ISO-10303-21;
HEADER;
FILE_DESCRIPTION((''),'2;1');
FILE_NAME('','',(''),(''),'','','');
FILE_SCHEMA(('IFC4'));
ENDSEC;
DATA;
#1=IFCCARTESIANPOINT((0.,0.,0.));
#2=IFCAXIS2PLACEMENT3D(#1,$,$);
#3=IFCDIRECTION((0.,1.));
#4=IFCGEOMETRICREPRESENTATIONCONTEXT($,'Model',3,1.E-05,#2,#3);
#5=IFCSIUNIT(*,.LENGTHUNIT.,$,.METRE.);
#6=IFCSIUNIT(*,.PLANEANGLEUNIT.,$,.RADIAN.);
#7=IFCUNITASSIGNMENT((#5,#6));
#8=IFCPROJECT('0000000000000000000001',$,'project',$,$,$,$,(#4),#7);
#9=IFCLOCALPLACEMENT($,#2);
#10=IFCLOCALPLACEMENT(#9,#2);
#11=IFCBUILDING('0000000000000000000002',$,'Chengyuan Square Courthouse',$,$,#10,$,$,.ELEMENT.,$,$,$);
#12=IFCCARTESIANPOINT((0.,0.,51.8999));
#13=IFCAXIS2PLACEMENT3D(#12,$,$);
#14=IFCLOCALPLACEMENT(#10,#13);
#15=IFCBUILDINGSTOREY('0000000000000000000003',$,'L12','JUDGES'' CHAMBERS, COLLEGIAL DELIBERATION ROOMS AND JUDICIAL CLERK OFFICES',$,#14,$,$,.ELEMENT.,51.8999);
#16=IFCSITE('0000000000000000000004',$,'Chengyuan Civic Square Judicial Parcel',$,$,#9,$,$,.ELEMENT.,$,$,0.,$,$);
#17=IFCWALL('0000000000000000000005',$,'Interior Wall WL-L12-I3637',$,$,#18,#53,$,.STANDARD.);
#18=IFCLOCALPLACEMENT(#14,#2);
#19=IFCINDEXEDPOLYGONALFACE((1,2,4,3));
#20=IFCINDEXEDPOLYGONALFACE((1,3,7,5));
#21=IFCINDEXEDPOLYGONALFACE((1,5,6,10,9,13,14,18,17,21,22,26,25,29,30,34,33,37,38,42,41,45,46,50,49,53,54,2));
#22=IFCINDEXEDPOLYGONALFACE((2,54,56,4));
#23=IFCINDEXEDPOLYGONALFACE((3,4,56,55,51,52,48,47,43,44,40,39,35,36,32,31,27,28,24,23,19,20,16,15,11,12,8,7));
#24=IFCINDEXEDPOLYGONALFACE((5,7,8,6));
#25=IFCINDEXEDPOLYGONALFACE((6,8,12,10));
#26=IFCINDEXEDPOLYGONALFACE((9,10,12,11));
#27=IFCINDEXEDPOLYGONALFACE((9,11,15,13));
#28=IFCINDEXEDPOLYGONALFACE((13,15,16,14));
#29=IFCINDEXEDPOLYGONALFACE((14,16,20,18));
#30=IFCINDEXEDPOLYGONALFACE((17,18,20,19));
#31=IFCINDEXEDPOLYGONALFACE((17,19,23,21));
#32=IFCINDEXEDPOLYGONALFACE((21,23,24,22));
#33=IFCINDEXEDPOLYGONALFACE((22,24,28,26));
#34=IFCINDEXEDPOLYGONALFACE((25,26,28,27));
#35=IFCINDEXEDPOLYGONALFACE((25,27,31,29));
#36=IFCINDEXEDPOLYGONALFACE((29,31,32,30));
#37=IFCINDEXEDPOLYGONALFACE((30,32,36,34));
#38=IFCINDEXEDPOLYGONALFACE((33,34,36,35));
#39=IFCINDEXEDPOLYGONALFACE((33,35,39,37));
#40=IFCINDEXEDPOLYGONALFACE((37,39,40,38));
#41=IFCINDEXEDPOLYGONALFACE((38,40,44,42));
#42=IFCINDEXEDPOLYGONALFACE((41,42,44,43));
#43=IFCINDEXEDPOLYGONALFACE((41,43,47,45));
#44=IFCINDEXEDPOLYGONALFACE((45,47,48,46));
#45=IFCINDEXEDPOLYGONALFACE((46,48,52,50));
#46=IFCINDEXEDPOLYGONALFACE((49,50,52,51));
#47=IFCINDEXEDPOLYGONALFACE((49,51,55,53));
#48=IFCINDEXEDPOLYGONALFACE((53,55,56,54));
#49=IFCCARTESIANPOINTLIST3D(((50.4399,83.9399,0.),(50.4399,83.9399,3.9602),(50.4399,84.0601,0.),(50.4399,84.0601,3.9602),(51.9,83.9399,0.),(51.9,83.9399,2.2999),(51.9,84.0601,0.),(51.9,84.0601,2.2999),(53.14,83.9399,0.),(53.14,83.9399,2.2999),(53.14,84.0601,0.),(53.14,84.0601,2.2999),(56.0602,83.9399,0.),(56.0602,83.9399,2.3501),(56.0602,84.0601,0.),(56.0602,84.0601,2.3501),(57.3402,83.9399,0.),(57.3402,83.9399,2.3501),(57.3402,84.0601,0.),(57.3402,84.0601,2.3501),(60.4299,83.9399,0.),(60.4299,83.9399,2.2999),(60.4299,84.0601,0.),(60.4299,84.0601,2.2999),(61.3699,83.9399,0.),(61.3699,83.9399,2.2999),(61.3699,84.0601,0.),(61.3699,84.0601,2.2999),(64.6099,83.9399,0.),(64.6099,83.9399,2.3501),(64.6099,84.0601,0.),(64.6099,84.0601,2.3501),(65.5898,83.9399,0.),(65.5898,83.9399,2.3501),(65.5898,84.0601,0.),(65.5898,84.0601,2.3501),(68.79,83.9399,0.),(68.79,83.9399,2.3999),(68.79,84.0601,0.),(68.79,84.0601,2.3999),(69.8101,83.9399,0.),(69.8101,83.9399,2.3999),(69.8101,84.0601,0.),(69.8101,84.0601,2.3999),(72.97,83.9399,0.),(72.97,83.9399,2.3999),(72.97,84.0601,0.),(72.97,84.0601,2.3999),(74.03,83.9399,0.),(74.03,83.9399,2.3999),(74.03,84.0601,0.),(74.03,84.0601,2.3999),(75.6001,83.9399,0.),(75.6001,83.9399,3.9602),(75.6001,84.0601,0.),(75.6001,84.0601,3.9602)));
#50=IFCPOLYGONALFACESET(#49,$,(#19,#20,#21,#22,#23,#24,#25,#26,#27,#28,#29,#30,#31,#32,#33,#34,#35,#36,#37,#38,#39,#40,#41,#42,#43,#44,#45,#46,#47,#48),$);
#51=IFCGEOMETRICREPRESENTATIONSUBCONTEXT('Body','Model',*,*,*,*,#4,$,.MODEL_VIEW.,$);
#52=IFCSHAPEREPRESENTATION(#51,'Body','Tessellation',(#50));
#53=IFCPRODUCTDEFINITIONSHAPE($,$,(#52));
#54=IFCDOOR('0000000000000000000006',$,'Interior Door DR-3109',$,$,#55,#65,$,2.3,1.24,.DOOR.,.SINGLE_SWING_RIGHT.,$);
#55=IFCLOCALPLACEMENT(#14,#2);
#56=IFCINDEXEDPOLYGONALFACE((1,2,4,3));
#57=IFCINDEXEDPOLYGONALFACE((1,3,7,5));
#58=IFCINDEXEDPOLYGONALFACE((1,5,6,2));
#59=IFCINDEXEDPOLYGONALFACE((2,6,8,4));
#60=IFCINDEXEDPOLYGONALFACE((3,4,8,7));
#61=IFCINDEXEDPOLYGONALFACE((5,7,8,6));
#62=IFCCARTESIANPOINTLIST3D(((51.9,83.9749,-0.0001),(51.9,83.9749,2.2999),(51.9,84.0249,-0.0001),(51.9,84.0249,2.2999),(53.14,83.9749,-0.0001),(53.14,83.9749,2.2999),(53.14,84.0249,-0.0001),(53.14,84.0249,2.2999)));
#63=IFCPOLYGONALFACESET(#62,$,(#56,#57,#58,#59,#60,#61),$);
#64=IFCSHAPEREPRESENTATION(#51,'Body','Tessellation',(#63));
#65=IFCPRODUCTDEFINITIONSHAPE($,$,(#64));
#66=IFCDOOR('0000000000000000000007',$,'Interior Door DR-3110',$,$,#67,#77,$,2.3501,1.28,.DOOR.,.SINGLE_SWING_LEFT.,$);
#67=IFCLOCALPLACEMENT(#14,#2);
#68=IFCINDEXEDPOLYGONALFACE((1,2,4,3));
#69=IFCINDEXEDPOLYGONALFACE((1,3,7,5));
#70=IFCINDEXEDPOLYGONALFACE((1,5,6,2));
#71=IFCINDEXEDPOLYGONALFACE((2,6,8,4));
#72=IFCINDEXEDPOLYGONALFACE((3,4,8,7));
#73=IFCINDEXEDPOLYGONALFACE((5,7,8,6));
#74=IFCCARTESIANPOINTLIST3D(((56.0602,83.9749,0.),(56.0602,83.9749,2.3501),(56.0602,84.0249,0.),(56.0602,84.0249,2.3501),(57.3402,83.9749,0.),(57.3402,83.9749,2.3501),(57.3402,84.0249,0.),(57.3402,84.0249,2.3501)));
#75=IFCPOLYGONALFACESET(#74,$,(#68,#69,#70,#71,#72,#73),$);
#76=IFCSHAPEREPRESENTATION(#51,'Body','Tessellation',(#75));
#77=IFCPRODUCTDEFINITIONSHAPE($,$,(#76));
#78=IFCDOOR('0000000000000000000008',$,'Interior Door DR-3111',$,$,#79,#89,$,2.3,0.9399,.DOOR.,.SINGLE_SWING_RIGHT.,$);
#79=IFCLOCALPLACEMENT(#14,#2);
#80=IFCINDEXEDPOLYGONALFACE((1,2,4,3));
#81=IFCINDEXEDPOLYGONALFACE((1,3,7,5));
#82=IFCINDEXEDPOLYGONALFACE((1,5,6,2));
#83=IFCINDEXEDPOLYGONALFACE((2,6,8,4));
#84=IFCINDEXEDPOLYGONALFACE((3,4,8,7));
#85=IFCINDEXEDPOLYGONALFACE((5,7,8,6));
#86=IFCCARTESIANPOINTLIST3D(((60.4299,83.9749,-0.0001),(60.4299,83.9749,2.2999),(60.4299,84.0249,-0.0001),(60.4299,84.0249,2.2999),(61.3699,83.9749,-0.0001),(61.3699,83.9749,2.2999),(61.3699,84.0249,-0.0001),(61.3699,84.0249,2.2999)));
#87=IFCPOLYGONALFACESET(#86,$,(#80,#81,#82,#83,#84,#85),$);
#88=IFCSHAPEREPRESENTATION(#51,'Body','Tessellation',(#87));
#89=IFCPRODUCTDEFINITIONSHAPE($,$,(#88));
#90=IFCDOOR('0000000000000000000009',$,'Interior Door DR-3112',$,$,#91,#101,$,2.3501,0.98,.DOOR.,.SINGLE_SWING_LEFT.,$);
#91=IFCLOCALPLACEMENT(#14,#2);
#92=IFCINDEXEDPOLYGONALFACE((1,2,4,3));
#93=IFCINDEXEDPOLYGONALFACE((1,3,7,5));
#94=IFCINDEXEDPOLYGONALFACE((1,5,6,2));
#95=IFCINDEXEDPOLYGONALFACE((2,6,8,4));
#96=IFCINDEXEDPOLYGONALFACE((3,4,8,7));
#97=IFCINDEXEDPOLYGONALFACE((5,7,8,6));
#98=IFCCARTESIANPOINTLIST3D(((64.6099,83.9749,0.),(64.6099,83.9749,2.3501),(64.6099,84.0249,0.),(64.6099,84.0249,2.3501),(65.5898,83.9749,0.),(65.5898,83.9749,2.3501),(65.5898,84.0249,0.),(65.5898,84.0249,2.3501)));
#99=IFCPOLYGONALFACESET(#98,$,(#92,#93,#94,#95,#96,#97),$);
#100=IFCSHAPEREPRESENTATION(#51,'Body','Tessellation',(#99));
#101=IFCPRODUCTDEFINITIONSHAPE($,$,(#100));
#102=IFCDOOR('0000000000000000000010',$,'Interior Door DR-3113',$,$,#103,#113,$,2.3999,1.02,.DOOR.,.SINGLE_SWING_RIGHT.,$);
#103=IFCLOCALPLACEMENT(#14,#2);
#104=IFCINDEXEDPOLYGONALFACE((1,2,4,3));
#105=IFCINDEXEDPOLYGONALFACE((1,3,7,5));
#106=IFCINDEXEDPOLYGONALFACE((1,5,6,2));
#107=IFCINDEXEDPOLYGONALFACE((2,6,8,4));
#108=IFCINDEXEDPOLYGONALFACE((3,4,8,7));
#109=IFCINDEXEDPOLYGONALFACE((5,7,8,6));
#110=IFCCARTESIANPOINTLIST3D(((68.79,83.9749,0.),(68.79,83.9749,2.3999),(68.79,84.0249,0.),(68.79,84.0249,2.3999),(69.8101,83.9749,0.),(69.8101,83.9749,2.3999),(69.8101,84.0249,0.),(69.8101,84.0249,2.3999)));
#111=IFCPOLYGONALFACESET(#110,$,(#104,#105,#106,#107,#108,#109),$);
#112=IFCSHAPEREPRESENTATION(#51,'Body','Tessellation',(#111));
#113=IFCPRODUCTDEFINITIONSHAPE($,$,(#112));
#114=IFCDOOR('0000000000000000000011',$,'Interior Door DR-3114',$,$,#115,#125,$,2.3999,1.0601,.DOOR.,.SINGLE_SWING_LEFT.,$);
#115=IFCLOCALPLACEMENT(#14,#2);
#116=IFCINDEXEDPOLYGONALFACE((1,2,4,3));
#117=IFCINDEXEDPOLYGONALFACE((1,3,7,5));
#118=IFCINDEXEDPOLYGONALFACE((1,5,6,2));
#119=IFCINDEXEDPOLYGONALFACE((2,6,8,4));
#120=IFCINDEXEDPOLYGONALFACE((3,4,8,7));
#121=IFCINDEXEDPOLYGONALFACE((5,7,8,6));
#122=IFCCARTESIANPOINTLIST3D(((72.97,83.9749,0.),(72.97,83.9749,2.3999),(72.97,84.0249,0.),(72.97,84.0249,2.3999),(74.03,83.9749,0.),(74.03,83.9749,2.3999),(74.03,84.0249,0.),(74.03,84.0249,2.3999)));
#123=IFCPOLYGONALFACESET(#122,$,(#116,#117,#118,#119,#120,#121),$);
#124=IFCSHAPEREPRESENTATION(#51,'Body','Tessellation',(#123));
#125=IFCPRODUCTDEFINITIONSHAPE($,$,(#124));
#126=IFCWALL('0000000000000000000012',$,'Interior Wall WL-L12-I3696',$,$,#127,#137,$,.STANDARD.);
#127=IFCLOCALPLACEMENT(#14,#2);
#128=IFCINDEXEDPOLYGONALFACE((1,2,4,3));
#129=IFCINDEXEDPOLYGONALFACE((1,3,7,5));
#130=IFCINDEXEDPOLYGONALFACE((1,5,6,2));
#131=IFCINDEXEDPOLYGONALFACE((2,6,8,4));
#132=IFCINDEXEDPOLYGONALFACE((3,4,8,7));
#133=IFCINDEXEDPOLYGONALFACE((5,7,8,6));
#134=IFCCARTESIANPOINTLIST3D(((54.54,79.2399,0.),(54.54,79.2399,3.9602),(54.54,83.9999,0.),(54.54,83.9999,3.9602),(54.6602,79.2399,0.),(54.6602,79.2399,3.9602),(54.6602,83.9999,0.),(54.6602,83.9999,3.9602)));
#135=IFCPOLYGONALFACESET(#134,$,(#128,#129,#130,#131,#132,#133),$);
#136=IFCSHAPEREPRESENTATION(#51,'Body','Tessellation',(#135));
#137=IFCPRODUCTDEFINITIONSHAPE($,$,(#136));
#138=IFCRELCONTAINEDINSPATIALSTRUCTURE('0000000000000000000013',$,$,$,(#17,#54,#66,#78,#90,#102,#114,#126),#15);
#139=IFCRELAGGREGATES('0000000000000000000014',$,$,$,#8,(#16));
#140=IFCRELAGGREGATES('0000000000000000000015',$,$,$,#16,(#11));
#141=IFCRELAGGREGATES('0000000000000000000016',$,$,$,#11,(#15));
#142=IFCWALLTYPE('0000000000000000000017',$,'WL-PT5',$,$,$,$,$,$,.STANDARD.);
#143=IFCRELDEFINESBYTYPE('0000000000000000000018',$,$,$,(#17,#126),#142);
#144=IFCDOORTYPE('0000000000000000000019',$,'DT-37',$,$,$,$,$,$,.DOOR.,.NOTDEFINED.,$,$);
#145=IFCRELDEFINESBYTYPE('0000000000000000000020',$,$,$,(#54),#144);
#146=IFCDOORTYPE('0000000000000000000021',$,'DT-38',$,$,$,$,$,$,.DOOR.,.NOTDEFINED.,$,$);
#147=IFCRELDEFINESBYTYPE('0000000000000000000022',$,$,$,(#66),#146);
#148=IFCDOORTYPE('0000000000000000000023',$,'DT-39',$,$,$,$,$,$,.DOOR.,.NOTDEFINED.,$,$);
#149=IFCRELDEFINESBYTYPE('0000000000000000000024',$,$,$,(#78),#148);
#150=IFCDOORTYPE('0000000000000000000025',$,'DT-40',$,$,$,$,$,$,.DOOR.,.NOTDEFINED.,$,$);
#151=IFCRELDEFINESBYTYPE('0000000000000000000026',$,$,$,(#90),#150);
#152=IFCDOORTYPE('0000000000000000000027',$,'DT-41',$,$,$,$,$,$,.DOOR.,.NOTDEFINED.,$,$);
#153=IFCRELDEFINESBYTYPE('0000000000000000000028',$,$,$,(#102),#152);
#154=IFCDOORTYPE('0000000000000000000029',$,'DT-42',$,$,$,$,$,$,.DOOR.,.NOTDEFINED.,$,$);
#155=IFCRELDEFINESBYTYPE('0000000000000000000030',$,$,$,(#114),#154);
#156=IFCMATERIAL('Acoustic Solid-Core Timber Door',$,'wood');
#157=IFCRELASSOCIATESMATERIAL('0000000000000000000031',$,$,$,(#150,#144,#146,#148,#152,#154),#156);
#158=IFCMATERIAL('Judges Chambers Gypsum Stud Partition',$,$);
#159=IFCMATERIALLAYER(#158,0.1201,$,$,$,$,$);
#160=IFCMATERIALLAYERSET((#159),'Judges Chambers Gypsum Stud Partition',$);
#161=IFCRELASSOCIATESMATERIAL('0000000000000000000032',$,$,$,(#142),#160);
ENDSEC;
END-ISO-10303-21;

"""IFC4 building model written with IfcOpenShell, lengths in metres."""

from ifc_helpers import new_model, si_unit, direction, frame, frame_2d, origin, place, context, subcontext, project, spatial, rectangle, extrude, material, layer, layer_set, type_object, element, fill, save


model = new_model("IFC4")

# Units and contexts
model_context = context("Model", 3, precision=1e-05, world=origin(), true_north=direction((0.0, 1.0)))
body_context = subcontext(model_context, "Body", "Model", "MODEL_VIEW")
ifc_project = project(units=[si_unit("LENGTHUNIT", "METRE"), si_unit("PLANEANGLEUNIT", "RADIAN")], contexts=[model_context])

# Site, building, storey
site_placement = place(None, origin())
site = spatial("IfcSite", under=ifc_project, at=site_placement, Name="Chengyuan Civic Square Judicial Parcel", CompositionType="ELEMENT", RefElevation=0.0)
building_placement = place(site_placement, origin())
building = spatial("IfcBuilding", under=site, at=building_placement, Name="Chengyuan Square Courthouse", CompositionType="ELEMENT")
storey_placement = place(building_placement, frame((0.0, 0.0, 51.8999)))
storey = spatial("IfcBuildingStorey", under=building, at=storey_placement, Name="L12", Description="JUDGES' CHAMBERS, COLLEGIAL DELIBERATION ROOMS AND JUDICIAL CLERK OFFICES", CompositionType="ELEMENT", Elevation=51.8999)

# Shared definitions
ifc_material_1 = material(Name="Acoustic Solid-Core Timber Door", Category="wood")
door_type_1 = type_object("IfcDoorType", Name="DT-40", OperationType="NOTDEFINED", PredefinedType="DOOR", material=ifc_material_1)

# Wall, openings, doors
ifc_material_2 = material(Name="Judges Chambers Gypsum Stud Partition")
ifc_layer_1 = layer(ifc_material_2, 0.1201)
ifc_layer_set_1 = layer_set([ifc_layer_1], Name="Judges Chambers Gypsum Stud Partition")
wall_type_1 = type_object("IfcWallType", Name="WL-PT5", PredefinedType="STANDARD", material=ifc_layer_set_1)
wall_1_placement = place(storey_placement, frame((50.4399, 84.0, 0.0), z_axis=(0.0, 0.0, 1.0), x_axis=(1.0, 0.0, 0.0)))
wall_1 = element("IfcWall", 1, at=wall_1_placement, inside=storey, type_object=wall_type_1, Name="Interior Wall WL-L12-I3637", PredefinedType="STANDARD", context=body_context, shape_type="SweptSolid", body=[
    extrude(rectangle(XDim=25.1602, YDim=0.1201, at=frame_2d((12.5801, 0.0))), origin(), (0.0, 0.0, 1.0), 3.9602),
])
opening_1_placement = place(wall_1_placement, frame((1.46, 0.0, 0.0)))
opening_1 = element("IfcOpeningElement", 2, at=opening_1_placement, cuts=wall_1, PredefinedType="OPENING", context=body_context, shape_type="SweptSolid", body=[
    extrude(rectangle(XDim=1.24, YDim=2.3, at=frame_2d((0.6201, 1.1499))), frame((0.0, 0.072, 0.0), z_axis=(0.0, -1.0, 0.0), x_axis=(1.0, 0.0, 0.0)), (0.0, 0.0, 1.0), 0.144),
])
opening_2_placement = place(wall_1_placement, frame((5.6201, 0.0, 0.0)))
opening_2 = element("IfcOpeningElement", 3, at=opening_2_placement, cuts=wall_1, PredefinedType="OPENING", context=body_context, shape_type="SweptSolid", body=[
    extrude(rectangle(XDim=1.28, YDim=2.3501, at=frame_2d((0.6401, 1.175))), frame((0.0, 0.072, 0.0), z_axis=(0.0, -1.0, 0.0), x_axis=(1.0, 0.0, 0.0)), (0.0, 0.0, 1.0), 0.144),
])
opening_3_placement = place(wall_1_placement, frame((9.99, 0.0, 0.0)))
opening_3 = element("IfcOpeningElement", 4, at=opening_3_placement, cuts=wall_1, PredefinedType="OPENING", context=body_context, shape_type="SweptSolid", body=[
    extrude(rectangle(XDim=0.9399, YDim=2.3, at=frame_2d((0.47, 1.1499))), frame((0.0, 0.072, 0.0), z_axis=(0.0, -1.0, 0.0), x_axis=(1.0, 0.0, 0.0)), (0.0, 0.0, 1.0), 0.144),
])
opening_4_placement = place(wall_1_placement, frame((14.1699, 0.0, 0.0)))
opening_4 = element("IfcOpeningElement", 5, at=opening_4_placement, cuts=wall_1, PredefinedType="OPENING", context=body_context, shape_type="SweptSolid", body=[
    extrude(rectangle(XDim=0.98, YDim=2.3501, at=frame_2d((0.49, 1.175))), frame((0.0, 0.072, 0.0), z_axis=(0.0, -1.0, 0.0), x_axis=(1.0, 0.0, 0.0)), (0.0, 0.0, 1.0), 0.144),
])
opening_5_placement = place(wall_1_placement, frame((18.3501, 0.0, 0.0)))
opening_5 = element("IfcOpeningElement", 6, at=opening_5_placement, cuts=wall_1, PredefinedType="OPENING", context=body_context, shape_type="SweptSolid", body=[
    extrude(rectangle(XDim=1.02, YDim=2.3999, at=frame_2d((0.51, 1.2))), frame((0.0, 0.072, 0.0), z_axis=(0.0, -1.0, 0.0), x_axis=(1.0, 0.0, 0.0)), (0.0, 0.0, 1.0), 0.144),
])
opening_6_placement = place(wall_1_placement, frame((22.53, 0.0, 0.0)))
opening_6 = element("IfcOpeningElement", 7, at=opening_6_placement, cuts=wall_1, PredefinedType="OPENING", context=body_context, shape_type="SweptSolid", body=[
    extrude(rectangle(XDim=1.0601, YDim=2.3999, at=frame_2d((0.53, 1.2))), frame((0.0, 0.072, 0.0), z_axis=(0.0, -1.0, 0.0), x_axis=(1.0, 0.0, 0.0)), (0.0, 0.0, 1.0), 0.144),
])
door_type_2 = type_object("IfcDoorType", Name="DT-37", OperationType="NOTDEFINED", PredefinedType="DOOR", material=ifc_material_1)
door_1_placement = place(opening_1_placement, origin())
door_1 = element("IfcDoor", 8, at=door_1_placement, inside=storey, type_object=door_type_2, Name="Interior Door DR-3109", OperationType="SINGLE_SWING_RIGHT", OverallHeight=2.3, OverallWidth=1.24, PredefinedType="DOOR", context=body_context, shape_type="SweptSolid", body=[
    extrude(rectangle(XDim=1.24, YDim=2.3, at=frame_2d((0.6201, 1.1499))), frame((0.0, 0.0249, 0.0), z_axis=(0.0, -1.0, 0.0), x_axis=(1.0, 0.0, 0.0)), (0.0, 0.0, 1.0), 0.05),
])
fill(opening_1, door_1)
door_type_3 = type_object("IfcDoorType", Name="DT-38", OperationType="NOTDEFINED", PredefinedType="DOOR", material=ifc_material_1)
door_2_placement = place(opening_2_placement, origin())
door_2 = element("IfcDoor", 9, at=door_2_placement, inside=storey, type_object=door_type_3, Name="Interior Door DR-3110", OperationType="SINGLE_SWING_LEFT", OverallHeight=2.3501, OverallWidth=1.28, PredefinedType="DOOR", context=body_context, shape_type="SweptSolid", body=[
    extrude(rectangle(XDim=1.28, YDim=2.3501, at=frame_2d((0.6401, 1.175))), frame((0.0, 0.0249, 0.0), z_axis=(0.0, -1.0, 0.0), x_axis=(1.0, 0.0, 0.0)), (0.0, 0.0, 1.0), 0.05),
])
fill(opening_2, door_2)
door_type_4 = type_object("IfcDoorType", Name="DT-39", OperationType="NOTDEFINED", PredefinedType="DOOR", material=ifc_material_1)
door_3_placement = place(opening_3_placement, origin())
door_3 = element("IfcDoor", 10, at=door_3_placement, inside=storey, type_object=door_type_4, Name="Interior Door DR-3111", OperationType="SINGLE_SWING_RIGHT", OverallHeight=2.3, OverallWidth=0.9399, PredefinedType="DOOR", context=body_context, shape_type="SweptSolid", body=[
    extrude(rectangle(XDim=0.9399, YDim=2.3, at=frame_2d((0.47, 1.1499))), frame((0.0, 0.0249, 0.0), z_axis=(0.0, -1.0, 0.0), x_axis=(1.0, 0.0, 0.0)), (0.0, 0.0, 1.0), 0.05),
])
fill(opening_3, door_3)
door_4_placement = place(opening_4_placement, origin())
door_4 = element("IfcDoor", 11, at=door_4_placement, inside=storey, type_object=door_type_1, Name="Interior Door DR-3112", OperationType="SINGLE_SWING_LEFT", OverallHeight=2.3501, OverallWidth=0.98, PredefinedType="DOOR", context=body_context, shape_type="SweptSolid", body=[
    extrude(rectangle(XDim=0.98, YDim=2.3501, at=frame_2d((0.49, 1.175))), frame((0.0, 0.0249, 0.0), z_axis=(0.0, -1.0, 0.0), x_axis=(1.0, 0.0, 0.0)), (0.0, 0.0, 1.0), 0.05),
])
fill(opening_4, door_4)
door_type_5 = type_object("IfcDoorType", Name="DT-41", OperationType="NOTDEFINED", PredefinedType="DOOR", material=ifc_material_1)
door_5_placement = place(opening_5_placement, origin())
door_5 = element("IfcDoor", 12, at=door_5_placement, inside=storey, type_object=door_type_5, Name="Interior Door DR-3113", OperationType="SINGLE_SWING_RIGHT", OverallHeight=2.3999, OverallWidth=1.02, PredefinedType="DOOR", context=body_context, shape_type="SweptSolid", body=[
    extrude(rectangle(XDim=1.02, YDim=2.3999, at=frame_2d((0.51, 1.2))), frame((0.0, 0.0249, 0.0), z_axis=(0.0, -1.0, 0.0), x_axis=(1.0, 0.0, 0.0)), (0.0, 0.0, 1.0), 0.05),
])
fill(opening_5, door_5)
door_type_6 = type_object("IfcDoorType", Name="DT-42", OperationType="NOTDEFINED", PredefinedType="DOOR", material=ifc_material_1)
door_6_placement = place(opening_6_placement, origin())
door_6 = element("IfcDoor", 13, at=door_6_placement, inside=storey, type_object=door_type_6, Name="Interior Door DR-3114", OperationType="SINGLE_SWING_LEFT", OverallHeight=2.3999, OverallWidth=1.0601, PredefinedType="DOOR", context=body_context, shape_type="SweptSolid", body=[
    extrude(rectangle(XDim=1.0601, YDim=2.3999, at=frame_2d((0.53, 1.2))), frame((0.0, 0.0249, 0.0), z_axis=(0.0, -1.0, 0.0), x_axis=(1.0, 0.0, 0.0)), (0.0, 0.0, 1.0), 0.05),
])
fill(opening_6, door_6)

# Wall
wall_2_placement = place(storey_placement, frame((54.6001, 79.24, 0.0), z_axis=(0.0, 0.0, 1.0), x_axis=(0.0, 1.0, 0.0)))
element("IfcWall", 14, at=wall_2_placement, inside=storey, type_object=wall_type_1, Name="Interior Wall WL-L12-I3696", PredefinedType="STANDARD", context=body_context, shape_type="SweptSolid", body=[
    extrude(rectangle(XDim=4.76, YDim=0.1201, at=frame_2d((2.3799, 0.0))), origin(), (0.0, 0.0, 1.0), 3.9602),
])

save(model, "model.ifc")
